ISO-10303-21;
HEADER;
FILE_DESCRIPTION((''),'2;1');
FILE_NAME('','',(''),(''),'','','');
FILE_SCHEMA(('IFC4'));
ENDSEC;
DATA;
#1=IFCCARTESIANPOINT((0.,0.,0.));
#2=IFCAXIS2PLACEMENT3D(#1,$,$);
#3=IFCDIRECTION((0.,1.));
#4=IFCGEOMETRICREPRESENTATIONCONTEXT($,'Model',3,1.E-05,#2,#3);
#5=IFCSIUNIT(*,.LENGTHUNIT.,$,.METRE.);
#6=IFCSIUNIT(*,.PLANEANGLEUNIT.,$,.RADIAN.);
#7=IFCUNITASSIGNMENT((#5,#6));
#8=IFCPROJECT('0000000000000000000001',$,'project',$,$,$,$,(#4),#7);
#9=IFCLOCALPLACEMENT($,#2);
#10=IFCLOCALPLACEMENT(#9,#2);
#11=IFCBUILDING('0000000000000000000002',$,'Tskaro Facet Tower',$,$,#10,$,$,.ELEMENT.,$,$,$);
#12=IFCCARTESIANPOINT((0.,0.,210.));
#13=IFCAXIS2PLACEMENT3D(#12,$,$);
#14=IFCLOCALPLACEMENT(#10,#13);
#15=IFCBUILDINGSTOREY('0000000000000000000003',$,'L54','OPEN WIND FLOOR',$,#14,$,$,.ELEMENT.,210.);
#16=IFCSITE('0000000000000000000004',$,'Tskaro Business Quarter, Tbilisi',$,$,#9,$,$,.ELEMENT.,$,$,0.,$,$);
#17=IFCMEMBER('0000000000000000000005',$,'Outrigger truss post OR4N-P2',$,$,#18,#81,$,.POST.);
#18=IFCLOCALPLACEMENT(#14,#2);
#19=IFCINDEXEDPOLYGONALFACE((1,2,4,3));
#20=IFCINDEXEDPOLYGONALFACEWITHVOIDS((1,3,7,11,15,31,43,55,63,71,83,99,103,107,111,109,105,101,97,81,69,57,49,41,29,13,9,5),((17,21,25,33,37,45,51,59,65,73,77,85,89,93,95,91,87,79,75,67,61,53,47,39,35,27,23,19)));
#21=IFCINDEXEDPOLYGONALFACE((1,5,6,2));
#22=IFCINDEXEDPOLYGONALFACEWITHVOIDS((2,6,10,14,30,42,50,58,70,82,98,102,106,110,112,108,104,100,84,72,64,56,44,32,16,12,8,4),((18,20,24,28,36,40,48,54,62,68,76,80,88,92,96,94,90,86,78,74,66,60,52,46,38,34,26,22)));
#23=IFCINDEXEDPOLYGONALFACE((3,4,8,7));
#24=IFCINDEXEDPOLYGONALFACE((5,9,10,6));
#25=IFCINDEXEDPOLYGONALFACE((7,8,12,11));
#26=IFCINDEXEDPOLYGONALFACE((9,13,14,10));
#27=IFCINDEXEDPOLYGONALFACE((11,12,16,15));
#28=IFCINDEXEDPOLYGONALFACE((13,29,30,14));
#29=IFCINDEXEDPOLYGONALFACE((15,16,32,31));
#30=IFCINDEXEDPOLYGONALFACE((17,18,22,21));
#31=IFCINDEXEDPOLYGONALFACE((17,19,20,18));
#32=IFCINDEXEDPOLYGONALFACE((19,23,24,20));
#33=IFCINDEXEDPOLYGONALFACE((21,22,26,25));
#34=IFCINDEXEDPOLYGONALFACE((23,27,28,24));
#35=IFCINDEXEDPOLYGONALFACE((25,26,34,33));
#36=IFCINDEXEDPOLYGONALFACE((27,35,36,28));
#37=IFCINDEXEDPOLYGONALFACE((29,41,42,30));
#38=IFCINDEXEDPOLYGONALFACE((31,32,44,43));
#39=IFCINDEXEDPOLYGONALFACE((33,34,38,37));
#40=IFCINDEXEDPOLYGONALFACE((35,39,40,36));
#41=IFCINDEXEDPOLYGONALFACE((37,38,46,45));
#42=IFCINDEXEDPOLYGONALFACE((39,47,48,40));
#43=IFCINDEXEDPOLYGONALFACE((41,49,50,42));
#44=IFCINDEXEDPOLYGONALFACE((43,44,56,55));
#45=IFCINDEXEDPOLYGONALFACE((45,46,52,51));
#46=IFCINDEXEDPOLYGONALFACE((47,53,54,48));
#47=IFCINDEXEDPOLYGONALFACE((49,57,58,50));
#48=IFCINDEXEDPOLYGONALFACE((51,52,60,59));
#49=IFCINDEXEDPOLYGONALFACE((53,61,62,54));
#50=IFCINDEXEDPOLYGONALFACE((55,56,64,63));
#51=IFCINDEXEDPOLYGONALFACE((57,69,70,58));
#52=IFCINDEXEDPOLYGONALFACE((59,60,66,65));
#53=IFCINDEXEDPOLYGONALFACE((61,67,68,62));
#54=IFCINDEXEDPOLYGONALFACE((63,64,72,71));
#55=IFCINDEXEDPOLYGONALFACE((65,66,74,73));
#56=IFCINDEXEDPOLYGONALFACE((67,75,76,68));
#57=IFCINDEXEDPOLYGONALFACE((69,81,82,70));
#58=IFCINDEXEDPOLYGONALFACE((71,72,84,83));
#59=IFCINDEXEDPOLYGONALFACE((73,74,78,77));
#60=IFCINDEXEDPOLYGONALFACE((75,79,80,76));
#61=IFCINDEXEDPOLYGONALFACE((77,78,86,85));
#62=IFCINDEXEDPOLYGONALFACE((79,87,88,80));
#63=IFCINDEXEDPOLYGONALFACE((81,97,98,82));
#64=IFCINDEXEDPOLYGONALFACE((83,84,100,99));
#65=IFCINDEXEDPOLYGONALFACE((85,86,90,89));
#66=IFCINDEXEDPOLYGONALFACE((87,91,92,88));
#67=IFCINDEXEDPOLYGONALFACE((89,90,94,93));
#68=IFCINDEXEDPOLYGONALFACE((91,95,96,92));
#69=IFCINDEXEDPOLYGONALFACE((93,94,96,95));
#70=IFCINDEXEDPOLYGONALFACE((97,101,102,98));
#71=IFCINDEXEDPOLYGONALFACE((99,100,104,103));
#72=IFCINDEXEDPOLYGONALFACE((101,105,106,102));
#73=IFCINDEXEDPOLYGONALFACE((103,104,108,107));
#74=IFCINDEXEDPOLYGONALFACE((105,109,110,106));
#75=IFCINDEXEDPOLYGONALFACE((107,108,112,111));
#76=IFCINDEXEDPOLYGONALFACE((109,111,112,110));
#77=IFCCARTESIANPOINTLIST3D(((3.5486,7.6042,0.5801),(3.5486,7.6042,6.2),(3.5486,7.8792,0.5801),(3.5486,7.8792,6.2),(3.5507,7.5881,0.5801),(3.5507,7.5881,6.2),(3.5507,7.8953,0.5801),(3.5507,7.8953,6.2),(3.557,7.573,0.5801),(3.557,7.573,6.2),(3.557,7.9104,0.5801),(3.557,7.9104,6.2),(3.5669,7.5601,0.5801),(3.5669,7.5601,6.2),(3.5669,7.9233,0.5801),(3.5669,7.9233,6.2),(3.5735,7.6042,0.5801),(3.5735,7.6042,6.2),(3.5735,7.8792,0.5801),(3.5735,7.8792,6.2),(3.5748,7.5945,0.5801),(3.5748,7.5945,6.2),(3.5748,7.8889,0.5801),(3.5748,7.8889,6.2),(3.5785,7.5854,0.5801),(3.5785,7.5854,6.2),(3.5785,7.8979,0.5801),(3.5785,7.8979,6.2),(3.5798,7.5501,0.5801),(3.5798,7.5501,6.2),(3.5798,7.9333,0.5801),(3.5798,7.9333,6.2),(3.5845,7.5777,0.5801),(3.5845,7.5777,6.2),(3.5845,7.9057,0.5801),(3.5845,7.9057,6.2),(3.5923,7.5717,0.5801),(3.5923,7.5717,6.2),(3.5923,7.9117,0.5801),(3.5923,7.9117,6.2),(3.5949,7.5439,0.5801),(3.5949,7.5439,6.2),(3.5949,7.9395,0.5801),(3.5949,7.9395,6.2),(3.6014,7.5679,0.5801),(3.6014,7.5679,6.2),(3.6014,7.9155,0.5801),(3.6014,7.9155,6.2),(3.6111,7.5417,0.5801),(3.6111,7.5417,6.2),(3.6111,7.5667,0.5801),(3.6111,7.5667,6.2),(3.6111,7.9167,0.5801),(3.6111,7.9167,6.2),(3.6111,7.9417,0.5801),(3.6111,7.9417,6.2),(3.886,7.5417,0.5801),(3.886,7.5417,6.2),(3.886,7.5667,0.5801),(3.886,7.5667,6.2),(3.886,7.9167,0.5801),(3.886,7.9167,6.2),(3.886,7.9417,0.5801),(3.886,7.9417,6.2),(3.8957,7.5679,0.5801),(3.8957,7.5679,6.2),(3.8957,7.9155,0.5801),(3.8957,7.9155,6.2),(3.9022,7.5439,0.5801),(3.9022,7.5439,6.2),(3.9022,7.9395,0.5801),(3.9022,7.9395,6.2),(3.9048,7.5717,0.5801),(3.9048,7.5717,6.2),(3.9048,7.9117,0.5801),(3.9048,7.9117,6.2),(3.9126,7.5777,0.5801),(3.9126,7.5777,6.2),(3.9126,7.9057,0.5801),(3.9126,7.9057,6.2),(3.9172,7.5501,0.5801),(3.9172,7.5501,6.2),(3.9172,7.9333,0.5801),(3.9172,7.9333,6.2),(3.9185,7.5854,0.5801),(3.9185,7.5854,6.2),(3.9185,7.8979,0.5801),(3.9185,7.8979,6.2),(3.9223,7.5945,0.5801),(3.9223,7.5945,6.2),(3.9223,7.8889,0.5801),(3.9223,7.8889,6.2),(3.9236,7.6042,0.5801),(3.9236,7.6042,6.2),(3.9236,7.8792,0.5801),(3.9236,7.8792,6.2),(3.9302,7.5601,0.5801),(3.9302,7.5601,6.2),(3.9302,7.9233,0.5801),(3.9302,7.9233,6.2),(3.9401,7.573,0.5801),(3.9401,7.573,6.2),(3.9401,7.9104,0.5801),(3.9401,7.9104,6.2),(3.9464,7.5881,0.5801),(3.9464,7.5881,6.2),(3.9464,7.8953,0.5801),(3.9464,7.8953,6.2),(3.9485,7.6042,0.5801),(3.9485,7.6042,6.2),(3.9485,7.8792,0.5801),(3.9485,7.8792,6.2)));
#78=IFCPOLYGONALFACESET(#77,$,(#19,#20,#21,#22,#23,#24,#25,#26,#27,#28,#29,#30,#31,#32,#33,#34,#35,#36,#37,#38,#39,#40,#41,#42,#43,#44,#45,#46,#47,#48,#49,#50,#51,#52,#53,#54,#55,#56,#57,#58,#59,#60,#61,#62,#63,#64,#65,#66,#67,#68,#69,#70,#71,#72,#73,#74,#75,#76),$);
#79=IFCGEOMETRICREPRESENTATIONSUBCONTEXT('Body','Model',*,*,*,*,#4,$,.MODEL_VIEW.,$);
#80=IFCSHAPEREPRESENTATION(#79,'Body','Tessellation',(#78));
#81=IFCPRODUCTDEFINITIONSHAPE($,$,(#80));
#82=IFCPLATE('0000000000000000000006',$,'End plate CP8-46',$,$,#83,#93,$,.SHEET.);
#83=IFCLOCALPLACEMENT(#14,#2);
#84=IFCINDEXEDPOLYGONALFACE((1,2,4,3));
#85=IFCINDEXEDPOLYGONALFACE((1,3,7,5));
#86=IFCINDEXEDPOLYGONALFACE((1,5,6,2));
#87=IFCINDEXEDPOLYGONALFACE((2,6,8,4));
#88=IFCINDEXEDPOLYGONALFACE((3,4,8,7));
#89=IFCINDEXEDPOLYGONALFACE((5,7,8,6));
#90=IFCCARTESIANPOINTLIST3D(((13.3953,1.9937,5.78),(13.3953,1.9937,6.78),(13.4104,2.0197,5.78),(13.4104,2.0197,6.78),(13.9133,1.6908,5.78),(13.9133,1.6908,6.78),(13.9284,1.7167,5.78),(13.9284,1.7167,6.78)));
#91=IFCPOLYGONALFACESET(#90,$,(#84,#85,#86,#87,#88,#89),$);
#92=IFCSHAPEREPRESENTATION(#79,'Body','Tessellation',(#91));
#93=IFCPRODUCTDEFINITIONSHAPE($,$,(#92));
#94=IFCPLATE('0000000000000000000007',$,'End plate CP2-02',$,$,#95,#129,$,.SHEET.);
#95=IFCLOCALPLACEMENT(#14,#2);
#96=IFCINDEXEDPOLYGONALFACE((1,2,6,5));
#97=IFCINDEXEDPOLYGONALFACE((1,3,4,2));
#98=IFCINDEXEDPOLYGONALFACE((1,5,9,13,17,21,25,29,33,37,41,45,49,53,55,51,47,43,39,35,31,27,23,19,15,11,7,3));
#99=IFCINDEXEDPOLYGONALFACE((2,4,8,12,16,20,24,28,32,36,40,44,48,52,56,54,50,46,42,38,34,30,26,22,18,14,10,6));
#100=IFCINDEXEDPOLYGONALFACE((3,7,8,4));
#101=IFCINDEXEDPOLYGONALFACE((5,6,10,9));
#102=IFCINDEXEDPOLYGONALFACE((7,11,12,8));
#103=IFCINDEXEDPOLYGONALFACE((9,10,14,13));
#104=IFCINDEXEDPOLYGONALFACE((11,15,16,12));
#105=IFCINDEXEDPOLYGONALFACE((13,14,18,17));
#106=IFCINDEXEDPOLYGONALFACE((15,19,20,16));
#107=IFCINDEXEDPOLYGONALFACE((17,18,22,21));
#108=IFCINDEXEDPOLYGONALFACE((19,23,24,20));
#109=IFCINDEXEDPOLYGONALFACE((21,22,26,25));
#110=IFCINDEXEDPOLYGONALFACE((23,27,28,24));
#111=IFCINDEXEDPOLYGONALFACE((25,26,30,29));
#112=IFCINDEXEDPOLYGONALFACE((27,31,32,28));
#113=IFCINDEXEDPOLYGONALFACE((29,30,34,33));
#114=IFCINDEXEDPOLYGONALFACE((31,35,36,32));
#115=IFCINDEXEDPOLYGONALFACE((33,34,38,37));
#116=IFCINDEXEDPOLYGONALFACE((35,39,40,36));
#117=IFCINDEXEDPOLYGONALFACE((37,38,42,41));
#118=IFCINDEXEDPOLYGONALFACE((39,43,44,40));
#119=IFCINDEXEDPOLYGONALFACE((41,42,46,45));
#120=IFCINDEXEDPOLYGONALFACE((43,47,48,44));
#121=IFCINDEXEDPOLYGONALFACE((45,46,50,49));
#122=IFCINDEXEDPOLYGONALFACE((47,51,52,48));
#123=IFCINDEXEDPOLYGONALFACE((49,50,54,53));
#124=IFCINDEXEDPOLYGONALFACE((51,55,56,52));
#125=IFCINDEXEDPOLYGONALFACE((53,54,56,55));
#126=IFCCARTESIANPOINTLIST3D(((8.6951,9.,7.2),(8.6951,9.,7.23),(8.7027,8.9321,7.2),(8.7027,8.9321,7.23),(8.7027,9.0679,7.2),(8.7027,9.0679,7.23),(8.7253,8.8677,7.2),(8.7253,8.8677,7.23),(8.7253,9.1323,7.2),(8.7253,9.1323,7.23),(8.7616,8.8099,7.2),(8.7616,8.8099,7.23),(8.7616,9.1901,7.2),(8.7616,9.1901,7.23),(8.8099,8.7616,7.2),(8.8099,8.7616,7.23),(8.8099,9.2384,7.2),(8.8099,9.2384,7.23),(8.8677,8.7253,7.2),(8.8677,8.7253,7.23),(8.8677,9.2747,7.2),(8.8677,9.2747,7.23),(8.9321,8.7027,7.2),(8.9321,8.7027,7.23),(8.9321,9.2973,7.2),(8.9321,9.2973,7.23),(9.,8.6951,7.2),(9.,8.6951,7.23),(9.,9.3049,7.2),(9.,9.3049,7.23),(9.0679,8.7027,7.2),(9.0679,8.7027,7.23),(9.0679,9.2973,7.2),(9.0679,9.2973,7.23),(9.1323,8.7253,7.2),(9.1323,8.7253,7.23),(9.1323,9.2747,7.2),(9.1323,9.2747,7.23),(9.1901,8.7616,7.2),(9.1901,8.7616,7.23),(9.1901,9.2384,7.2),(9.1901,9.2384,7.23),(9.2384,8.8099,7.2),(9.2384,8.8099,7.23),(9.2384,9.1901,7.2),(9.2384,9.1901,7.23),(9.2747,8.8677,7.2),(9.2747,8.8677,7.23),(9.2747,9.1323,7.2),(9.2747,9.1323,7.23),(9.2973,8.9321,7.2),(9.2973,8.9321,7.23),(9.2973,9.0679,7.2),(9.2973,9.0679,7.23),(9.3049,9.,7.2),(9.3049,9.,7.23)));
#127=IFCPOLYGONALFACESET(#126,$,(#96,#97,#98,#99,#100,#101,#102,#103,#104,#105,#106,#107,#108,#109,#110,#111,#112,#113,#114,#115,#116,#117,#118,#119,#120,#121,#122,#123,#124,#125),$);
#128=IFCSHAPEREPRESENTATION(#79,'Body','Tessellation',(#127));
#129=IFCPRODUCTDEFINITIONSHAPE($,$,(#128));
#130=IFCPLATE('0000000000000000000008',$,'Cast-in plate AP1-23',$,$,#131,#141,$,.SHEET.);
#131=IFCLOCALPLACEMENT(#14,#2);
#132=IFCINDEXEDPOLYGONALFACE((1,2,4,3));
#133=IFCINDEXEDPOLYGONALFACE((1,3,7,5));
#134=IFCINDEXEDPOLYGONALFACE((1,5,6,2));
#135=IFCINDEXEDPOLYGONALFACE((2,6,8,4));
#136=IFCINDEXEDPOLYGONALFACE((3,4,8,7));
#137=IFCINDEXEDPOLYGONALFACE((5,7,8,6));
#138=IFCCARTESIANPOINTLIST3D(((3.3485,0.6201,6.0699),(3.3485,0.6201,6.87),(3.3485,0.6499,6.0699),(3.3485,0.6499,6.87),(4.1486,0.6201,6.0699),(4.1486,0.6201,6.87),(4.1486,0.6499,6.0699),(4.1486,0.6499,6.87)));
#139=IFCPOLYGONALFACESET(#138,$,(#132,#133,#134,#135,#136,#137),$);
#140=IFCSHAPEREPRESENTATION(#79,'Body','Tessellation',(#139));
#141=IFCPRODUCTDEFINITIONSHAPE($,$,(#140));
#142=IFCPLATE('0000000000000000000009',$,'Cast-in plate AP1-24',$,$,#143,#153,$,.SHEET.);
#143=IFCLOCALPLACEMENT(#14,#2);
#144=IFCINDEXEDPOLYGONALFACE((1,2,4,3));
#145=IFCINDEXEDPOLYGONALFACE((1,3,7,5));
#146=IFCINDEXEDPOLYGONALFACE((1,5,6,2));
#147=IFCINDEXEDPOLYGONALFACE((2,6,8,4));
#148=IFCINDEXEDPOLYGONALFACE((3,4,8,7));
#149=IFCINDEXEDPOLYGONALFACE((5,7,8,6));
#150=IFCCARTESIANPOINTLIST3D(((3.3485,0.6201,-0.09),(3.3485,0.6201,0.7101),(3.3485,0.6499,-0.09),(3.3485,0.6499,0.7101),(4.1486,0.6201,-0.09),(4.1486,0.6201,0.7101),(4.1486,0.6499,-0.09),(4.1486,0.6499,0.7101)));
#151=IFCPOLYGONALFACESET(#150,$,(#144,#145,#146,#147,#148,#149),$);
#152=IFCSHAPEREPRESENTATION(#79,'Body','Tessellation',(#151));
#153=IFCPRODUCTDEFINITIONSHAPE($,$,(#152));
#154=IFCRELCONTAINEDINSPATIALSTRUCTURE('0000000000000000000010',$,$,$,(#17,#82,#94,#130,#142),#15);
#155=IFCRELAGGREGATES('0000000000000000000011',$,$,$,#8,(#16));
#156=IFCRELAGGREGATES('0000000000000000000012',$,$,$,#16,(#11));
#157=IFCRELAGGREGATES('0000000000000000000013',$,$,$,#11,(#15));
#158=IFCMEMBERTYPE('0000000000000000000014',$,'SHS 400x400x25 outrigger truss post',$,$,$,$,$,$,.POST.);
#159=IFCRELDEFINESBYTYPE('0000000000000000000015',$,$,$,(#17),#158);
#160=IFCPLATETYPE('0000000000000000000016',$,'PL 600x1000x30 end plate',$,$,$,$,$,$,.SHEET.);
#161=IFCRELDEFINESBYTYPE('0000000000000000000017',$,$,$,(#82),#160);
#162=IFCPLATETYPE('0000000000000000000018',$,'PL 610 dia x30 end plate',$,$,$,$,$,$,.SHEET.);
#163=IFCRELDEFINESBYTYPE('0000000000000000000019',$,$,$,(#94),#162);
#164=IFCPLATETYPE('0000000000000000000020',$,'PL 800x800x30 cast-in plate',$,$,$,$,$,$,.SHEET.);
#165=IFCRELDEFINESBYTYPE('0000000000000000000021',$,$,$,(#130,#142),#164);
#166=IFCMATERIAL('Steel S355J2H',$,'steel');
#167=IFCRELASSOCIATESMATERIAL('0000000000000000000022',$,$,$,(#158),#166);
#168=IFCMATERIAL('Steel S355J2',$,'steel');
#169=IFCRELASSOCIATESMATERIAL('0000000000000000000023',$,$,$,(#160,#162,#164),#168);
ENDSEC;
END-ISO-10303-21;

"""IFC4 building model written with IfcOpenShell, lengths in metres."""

from ifc_helpers import new_model, si_unit, direction, frame, origin, origin_2d, place, context, subcontext, project, spatial, rectangle, hollow_rectangle, circle, extrude, material, material_profile, profile_set, type_object, element, save


model = new_model("IFC4")

# Units and contexts
model_context = context("Model", 3, precision=1e-05, world=origin(), true_north=direction((0.0, 1.0)))
body_context = subcontext(model_context, "Body", "Model", "MODEL_VIEW")
ifc_project = project(units=[si_unit("LENGTHUNIT", "METRE"), si_unit("PLANEANGLEUNIT", "RADIAN")], contexts=[model_context])

# Site, building, storey
site_placement = place(None, origin())
site = spatial("IfcSite", under=ifc_project, at=site_placement, Name="Tskaro Business Quarter, Tbilisi", CompositionType="ELEMENT", RefElevation=0.0)
building_placement = place(site_placement, origin())
building = spatial("IfcBuilding", under=site, at=building_placement, Name="Tskaro Facet Tower", CompositionType="ELEMENT")
storey_placement = place(building_placement, frame((0.0, 0.0, 210.0)))
storey = spatial("IfcBuildingStorey", under=building, at=storey_placement, Name="L54", Description="OPEN WIND FLOOR", CompositionType="ELEMENT", Elevation=210.0)

# Shared definitions
ifc_material_1 = material(Name="Steel S355J2H", Category="steel")

# Shared definitions
ifc_material_2 = material(Name="Steel S355J2", Category="steel")

# Member
ifc_material_profile_1 = material_profile(ifc_material_1, hollow_rectangle(XDim=0.3999, YDim=0.3999, WallThickness=0.0249, InnerFilletRadius=0.0376, OuterFilletRadius=0.0625, at=origin_2d()), Name="SHS 400x400x25")
ifc_profile_set_1 = profile_set([ifc_material_profile_1], Name="Steel S355J2H")
member_type_1 = type_object("IfcMemberType", Name="SHS 400x400x25 outrigger truss post", PredefinedType="POST", material=ifc_profile_set_1)
member_1_placement = place(storey_placement, frame((3.7485, 7.7417, 0.5801), z_axis=(0.0, 0.0, 1.0), x_axis=(1.0, 0.0, 0.0)))
element("IfcMember", 1, at=member_1_placement, inside=storey, type_object=member_type_1, Name="Outrigger truss post OR4N-P2", PredefinedType="POST", context=body_context, shape_type="SweptSolid", body=[
    extrude(hollow_rectangle(XDim=0.3999, YDim=0.3999, WallThickness=0.0249, InnerFilletRadius=0.0376, OuterFilletRadius=0.0625, at=origin_2d()), origin(), (0.0, 0.0, 1.0), 5.6199),
])

# Plates
ifc_material_profile_2 = material_profile(ifc_material_2, rectangle(XDim=0.6001, YDim=1.0, at=origin_2d()), Name="PL 600x1000x30 end plate")
ifc_profile_set_2 = profile_set([ifc_material_profile_2], Name="Steel S355J2")
plate_type_1 = type_object("IfcPlateType", Name="PL 600x1000x30 end plate", PredefinedType="SHEET", material=ifc_profile_set_2)
plate_1_placement = place(storey_placement, frame((13.6694, 1.8682, 6.28), z_axis=(-0.504883, -0.863188, 0.0), x_axis=(0.863188, -0.504883, 0.0)))
element("IfcPlate", 2, at=plate_1_placement, inside=storey, type_object=plate_type_1, Name="End plate CP8-46", PredefinedType="SHEET", context=body_context, shape_type="SweptSolid", body=[
    extrude(rectangle(XDim=0.6001, YDim=1.0, at=origin_2d()), origin(), (0.0, 0.0, 1.0), 0.03),
])
ifc_material_profile_3 = material_profile(ifc_material_2, circle(Radius=0.3049, at=origin_2d()), Name="PL 610 dia x30 end plate")
ifc_profile_set_3 = profile_set([ifc_material_profile_3], Name="Steel S355J2")
plate_type_2 = type_object("IfcPlateType", Name="PL 610 dia x30 end plate", PredefinedType="SHEET", material=ifc_profile_set_3)
plate_2_placement = place(storey_placement, frame((9.0, 9.0, 7.2), z_axis=(0.0, 0.0, 1.0), x_axis=(1.0, 0.0, 0.0)))
element("IfcPlate", 3, at=plate_2_placement, inside=storey, type_object=plate_type_2, Name="End plate CP2-02", PredefinedType="SHEET", context=body_context, shape_type="SweptSolid", body=[
    extrude(circle(Radius=0.3049, at=origin_2d()), origin(), (0.0, 0.0, 1.0), 0.03),
])
ifc_material_profile_4 = material_profile(ifc_material_2, rectangle(XDim=0.8, YDim=0.8, at=origin_2d()), Name="PL 800x800x30 cast-in plate")
ifc_profile_set_4 = profile_set([ifc_material_profile_4], Name="Steel S355J2")
plate_type_3 = type_object("IfcPlateType", Name="PL 800x800x30 cast-in plate", PredefinedType="SHEET", material=ifc_profile_set_4)
for number, where, z_axis, x_axis, name in (
    (4, (3.7485, 0.6201, 6.47), (0.0, 1.0, 0.0), (-1.0, 0.0, 0.0), "Cast-in plate AP1-23"),
    (5, (3.7485, 0.6201, 0.3101), (0.0, 1.0, 0.0), (-1.0, 0.0, 0.0), "Cast-in plate AP1-24"),
):
    element("IfcPlate", number, at=place(storey_placement, frame(where, z_axis=z_axis, x_axis=x_axis)), inside=storey, type_object=plate_type_3, Name=name, PredefinedType="SHEET", context=body_context, shape_type="SweptSolid", body=[
        extrude(rectangle(XDim=0.8, YDim=0.8, at=origin_2d()), origin(), (0.0, 0.0, 1.0), 0.0298),
    ])

save(model, "model.ifc")
